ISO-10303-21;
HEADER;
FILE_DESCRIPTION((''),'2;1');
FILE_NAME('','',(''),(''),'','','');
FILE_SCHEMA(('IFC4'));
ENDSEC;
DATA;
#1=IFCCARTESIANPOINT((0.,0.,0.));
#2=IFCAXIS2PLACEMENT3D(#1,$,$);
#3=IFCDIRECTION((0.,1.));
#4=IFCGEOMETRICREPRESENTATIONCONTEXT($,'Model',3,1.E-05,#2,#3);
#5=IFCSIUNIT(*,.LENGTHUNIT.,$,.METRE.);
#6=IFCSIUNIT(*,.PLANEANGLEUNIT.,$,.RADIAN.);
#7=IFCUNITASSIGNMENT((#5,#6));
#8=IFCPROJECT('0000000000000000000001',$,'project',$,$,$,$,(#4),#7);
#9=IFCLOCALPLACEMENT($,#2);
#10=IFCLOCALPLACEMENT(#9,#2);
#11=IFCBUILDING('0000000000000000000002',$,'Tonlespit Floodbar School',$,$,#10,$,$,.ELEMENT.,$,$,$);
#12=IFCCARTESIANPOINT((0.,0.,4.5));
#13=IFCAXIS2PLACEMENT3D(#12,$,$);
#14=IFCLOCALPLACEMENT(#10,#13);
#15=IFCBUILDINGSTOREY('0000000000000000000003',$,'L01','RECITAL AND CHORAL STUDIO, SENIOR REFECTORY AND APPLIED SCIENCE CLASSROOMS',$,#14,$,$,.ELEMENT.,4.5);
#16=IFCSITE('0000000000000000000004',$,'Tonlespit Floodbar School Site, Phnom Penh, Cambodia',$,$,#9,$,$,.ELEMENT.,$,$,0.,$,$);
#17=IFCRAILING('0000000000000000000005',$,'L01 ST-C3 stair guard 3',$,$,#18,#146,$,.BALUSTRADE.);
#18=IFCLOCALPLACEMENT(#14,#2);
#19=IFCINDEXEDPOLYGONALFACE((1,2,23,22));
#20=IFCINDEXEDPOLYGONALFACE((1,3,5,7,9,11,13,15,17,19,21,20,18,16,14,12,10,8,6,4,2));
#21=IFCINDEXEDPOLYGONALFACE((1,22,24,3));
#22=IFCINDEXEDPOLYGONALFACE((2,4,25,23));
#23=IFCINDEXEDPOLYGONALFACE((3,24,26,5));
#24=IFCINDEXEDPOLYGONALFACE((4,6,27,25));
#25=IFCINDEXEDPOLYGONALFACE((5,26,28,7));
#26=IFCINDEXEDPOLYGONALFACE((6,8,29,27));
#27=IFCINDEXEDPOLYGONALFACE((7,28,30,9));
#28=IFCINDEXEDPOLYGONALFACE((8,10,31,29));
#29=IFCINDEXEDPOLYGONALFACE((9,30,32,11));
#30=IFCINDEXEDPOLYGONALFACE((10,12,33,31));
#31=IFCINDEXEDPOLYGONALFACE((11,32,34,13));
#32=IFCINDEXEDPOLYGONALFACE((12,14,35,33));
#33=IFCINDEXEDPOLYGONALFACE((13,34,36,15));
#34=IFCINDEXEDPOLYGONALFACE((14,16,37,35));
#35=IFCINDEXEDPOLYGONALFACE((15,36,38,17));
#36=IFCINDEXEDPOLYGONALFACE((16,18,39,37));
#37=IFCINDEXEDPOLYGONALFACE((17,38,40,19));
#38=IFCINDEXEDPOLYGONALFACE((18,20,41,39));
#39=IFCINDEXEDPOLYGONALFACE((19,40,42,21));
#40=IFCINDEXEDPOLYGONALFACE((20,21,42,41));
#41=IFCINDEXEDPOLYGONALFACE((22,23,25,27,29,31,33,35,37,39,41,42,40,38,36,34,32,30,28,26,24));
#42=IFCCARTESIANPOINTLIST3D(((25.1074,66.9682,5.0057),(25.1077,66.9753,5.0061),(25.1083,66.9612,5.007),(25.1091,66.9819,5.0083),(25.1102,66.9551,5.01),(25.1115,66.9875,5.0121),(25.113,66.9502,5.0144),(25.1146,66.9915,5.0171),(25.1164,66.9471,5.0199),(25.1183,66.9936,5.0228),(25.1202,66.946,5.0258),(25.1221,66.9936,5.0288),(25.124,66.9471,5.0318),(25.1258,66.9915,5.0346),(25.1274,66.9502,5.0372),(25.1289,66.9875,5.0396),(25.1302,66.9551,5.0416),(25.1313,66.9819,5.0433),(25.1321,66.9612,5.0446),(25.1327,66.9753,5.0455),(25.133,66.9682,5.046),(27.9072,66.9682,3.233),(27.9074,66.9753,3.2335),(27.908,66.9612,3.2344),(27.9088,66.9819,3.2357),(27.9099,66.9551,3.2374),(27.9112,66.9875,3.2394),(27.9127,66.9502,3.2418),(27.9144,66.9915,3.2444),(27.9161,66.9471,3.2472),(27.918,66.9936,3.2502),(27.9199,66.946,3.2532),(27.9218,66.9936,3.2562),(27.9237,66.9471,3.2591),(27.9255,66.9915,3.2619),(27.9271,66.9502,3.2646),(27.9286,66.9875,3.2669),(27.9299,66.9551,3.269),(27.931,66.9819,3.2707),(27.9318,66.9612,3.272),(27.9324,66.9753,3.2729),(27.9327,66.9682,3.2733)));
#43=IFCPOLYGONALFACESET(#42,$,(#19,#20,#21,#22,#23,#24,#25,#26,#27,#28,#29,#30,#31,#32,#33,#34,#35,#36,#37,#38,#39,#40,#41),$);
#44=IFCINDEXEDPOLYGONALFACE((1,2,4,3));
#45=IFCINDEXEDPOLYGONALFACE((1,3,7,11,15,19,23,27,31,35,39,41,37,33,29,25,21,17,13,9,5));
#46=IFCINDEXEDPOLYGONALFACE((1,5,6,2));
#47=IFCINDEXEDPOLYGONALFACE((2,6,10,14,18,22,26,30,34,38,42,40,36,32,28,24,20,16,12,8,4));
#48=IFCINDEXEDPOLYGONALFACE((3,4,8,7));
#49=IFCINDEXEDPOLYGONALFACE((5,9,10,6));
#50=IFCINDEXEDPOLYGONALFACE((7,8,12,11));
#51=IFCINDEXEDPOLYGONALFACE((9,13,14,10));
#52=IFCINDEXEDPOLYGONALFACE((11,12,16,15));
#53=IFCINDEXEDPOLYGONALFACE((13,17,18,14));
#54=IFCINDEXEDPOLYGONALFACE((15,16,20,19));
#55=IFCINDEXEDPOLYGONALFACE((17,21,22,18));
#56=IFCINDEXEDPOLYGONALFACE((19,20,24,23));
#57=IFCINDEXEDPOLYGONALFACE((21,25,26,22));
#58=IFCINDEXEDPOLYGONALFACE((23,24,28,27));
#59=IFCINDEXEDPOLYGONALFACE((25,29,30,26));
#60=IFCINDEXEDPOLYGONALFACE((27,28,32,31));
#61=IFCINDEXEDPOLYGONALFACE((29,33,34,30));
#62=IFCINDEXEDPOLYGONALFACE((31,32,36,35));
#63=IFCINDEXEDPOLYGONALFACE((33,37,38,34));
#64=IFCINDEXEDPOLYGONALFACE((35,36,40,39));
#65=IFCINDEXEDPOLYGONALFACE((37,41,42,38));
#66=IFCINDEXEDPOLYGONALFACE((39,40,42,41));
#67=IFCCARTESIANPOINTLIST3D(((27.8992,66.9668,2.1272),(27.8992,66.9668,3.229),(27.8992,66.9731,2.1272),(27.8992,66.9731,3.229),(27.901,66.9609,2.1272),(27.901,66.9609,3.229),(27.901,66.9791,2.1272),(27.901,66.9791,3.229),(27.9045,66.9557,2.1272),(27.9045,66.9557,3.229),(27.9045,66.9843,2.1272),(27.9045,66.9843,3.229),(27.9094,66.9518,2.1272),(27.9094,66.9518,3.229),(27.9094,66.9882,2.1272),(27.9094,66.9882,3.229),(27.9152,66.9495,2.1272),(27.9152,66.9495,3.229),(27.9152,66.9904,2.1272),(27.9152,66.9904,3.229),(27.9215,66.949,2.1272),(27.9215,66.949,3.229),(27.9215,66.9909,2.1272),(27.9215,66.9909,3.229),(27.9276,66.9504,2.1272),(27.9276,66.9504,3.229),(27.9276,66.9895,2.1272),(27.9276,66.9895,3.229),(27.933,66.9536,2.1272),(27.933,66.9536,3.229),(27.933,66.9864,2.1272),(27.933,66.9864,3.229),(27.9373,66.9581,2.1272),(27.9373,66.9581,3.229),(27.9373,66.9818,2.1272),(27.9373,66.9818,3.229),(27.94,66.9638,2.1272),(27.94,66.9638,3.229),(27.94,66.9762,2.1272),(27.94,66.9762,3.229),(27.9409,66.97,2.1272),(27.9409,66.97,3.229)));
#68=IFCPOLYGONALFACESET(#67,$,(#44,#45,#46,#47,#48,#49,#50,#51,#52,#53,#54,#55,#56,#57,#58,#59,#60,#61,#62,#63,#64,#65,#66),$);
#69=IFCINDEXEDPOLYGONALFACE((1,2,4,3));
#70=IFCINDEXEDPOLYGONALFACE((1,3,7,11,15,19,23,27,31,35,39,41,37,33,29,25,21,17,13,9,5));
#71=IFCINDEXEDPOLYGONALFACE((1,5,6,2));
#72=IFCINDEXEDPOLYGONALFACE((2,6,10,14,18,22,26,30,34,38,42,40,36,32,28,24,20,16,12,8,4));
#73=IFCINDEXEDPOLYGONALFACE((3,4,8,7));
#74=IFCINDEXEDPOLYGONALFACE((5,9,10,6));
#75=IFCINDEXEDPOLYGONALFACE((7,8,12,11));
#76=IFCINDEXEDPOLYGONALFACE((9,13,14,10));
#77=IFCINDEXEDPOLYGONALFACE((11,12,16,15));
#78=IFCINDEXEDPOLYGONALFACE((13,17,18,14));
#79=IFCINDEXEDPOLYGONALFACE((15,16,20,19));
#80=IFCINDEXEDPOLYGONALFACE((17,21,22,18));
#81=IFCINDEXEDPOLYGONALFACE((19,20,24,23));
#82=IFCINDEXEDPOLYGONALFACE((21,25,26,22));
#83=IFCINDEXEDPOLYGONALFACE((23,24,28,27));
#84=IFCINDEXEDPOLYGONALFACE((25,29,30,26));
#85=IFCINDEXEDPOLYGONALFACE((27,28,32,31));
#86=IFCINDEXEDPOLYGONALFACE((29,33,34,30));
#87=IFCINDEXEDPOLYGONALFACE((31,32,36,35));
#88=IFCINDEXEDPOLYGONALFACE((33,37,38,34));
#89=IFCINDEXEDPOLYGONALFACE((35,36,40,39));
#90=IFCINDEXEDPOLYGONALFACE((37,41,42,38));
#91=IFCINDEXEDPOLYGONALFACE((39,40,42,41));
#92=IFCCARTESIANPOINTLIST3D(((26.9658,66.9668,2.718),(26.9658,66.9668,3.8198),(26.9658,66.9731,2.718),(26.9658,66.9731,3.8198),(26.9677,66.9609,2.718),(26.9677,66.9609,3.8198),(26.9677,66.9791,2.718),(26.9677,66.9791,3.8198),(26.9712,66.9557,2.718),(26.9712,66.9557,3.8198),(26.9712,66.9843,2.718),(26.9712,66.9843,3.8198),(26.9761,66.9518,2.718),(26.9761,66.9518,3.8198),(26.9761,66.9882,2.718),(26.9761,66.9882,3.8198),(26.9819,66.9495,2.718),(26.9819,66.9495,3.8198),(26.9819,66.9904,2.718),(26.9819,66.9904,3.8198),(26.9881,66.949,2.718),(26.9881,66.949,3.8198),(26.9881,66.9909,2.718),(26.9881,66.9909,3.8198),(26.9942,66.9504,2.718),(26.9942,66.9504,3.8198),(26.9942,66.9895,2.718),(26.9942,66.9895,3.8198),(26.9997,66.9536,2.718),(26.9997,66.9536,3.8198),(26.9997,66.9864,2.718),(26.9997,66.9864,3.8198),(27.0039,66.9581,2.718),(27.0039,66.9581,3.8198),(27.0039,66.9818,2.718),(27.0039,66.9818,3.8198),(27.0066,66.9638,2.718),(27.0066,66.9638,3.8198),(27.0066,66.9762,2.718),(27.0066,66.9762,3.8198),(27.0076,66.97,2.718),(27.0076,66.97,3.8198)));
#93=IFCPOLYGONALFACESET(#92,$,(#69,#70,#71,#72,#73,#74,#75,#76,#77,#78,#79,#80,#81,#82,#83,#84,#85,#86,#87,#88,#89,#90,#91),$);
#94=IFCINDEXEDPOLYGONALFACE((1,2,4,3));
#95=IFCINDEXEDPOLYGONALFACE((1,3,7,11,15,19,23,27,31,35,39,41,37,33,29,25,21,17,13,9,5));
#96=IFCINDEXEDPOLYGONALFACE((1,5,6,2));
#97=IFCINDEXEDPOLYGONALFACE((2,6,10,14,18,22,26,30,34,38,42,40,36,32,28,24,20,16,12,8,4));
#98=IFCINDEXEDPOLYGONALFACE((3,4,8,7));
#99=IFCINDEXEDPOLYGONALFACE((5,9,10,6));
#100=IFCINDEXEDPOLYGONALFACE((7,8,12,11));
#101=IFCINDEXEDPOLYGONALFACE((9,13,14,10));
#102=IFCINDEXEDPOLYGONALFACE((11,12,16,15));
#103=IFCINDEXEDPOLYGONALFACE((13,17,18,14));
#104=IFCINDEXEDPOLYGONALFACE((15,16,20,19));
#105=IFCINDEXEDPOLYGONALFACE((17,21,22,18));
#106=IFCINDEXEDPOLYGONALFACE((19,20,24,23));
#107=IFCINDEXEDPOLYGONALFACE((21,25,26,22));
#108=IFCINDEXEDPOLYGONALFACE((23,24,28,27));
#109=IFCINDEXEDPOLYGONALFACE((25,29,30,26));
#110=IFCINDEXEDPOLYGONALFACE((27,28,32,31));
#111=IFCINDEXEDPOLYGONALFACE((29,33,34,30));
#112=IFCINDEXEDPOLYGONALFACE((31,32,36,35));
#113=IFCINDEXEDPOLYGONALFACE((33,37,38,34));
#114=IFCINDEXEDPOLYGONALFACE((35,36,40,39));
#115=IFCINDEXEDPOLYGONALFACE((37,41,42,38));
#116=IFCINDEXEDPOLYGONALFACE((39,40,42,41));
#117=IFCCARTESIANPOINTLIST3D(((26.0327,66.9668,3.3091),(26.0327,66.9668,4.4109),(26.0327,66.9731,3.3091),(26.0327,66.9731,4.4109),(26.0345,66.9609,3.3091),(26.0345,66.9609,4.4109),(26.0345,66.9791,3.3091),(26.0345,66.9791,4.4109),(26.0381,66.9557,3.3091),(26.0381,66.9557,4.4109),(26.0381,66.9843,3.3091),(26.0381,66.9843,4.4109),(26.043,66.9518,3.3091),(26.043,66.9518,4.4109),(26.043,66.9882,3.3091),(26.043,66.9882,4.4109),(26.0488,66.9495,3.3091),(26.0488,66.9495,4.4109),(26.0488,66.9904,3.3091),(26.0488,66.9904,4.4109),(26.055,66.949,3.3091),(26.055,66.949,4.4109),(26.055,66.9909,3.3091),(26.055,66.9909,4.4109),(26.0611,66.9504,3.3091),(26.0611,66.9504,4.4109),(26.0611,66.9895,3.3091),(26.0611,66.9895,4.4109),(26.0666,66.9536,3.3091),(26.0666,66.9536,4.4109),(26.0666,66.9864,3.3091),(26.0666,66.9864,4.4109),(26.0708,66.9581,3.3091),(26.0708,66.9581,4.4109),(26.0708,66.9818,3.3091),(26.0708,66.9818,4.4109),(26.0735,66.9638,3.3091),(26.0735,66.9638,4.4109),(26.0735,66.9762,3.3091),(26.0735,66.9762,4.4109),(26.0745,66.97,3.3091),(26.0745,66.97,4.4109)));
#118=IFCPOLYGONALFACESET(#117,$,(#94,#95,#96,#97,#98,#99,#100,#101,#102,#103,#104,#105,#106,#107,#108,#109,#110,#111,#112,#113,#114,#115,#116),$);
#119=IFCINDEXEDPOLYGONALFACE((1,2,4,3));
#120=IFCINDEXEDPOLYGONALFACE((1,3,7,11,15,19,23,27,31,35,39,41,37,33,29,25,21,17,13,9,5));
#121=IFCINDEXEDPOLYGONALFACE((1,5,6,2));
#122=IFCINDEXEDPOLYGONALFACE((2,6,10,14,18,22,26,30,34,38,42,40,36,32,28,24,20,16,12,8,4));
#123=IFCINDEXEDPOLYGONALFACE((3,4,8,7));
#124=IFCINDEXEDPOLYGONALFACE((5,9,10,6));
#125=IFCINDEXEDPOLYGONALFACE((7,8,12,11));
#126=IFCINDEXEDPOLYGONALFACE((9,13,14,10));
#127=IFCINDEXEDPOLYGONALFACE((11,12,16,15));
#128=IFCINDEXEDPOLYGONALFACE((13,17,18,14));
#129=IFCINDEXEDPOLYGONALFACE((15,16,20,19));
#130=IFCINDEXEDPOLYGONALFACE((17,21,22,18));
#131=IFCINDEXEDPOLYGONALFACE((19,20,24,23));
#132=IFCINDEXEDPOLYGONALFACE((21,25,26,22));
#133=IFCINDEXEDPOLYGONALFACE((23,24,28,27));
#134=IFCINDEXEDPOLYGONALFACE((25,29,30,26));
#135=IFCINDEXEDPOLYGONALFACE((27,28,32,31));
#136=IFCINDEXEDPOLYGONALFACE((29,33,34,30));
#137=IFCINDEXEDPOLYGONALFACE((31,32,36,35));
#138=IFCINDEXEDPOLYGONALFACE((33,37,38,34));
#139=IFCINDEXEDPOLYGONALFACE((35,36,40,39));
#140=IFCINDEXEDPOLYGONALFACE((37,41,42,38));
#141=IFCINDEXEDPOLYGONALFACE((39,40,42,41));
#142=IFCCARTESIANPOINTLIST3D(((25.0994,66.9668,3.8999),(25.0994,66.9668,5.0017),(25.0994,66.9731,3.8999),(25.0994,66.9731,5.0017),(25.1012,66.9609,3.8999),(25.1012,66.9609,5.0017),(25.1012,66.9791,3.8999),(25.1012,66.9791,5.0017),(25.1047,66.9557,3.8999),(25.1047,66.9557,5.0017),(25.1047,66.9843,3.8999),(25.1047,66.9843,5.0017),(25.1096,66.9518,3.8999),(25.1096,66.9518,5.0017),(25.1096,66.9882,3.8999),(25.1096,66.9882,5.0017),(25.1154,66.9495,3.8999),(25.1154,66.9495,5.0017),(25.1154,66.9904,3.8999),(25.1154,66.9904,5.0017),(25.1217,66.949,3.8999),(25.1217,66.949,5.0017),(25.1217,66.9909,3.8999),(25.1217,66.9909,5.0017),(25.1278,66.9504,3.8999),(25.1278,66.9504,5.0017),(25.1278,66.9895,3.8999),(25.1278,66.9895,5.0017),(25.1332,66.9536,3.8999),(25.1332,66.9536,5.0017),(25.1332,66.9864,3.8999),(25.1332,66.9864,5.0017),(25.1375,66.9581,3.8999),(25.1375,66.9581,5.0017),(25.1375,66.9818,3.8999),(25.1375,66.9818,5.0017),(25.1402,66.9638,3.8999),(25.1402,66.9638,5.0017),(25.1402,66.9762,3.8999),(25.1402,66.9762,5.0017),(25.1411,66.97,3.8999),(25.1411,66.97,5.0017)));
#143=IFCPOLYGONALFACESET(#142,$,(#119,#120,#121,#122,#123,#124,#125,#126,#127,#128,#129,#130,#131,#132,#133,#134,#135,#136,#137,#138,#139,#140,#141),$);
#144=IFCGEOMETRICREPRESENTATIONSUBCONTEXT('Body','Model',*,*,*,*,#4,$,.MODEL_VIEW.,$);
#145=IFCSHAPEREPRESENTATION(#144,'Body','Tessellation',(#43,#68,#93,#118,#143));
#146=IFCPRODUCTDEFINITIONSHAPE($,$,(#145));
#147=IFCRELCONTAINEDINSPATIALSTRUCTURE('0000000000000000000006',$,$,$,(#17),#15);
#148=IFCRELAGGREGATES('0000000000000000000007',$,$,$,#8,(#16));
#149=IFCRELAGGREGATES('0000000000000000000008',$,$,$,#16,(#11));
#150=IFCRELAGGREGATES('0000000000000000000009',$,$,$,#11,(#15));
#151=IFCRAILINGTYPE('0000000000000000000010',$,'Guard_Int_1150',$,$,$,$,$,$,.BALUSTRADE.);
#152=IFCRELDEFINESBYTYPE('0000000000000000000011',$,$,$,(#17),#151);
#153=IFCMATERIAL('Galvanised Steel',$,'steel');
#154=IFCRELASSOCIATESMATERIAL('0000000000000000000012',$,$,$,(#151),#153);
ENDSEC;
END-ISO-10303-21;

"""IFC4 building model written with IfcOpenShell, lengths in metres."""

from ifc_helpers import new_model, si_unit, direction, frame, origin, origin_2d, place, context, subcontext, project, spatial, circle, extrude, material, type_object, element, save


model = new_model("IFC4")

# Units and contexts
model_context = context("Model", 3, precision=1e-05, world=origin(), true_north=direction((0.0, 1.0)))
body_context = subcontext(model_context, "Body", "Model", "MODEL_VIEW")
ifc_project = project(units=[si_unit("LENGTHUNIT", "METRE"), si_unit("PLANEANGLEUNIT", "RADIAN")], contexts=[model_context])

# Site, building, storey
site_placement = place(None, origin())
site = spatial("IfcSite", under=ifc_project, at=site_placement, Name="Tonlespit Floodbar School Site, Phnom Penh, Cambodia", CompositionType="ELEMENT", RefElevation=0.0)
building_placement = place(site_placement, origin())
building = spatial("IfcBuilding", under=site, at=building_placement, Name="Tonlespit Floodbar School", CompositionType="ELEMENT")
storey_placement = place(building_placement, frame((0.0, 0.0, 4.5)))
storey = spatial("IfcBuildingStorey", under=building, at=storey_placement, Name="L01", Description="RECITAL AND CHORAL STUDIO, SENIOR REFECTORY AND APPLIED SCIENCE CLASSROOMS", CompositionType="ELEMENT", Elevation=4.5)

# Shared definitions
ifc_material_1 = material(Name="Galvanised Steel", Category="steel")

# Railing
railing_type_1 = type_object("IfcRailingType", Name="Guard_Int_1150", PredefinedType="BALUSTRADE", material=ifc_material_1)
railing_1_placement = place(storey_placement, frame((27.9199, 66.97, 2.1272)))
element("IfcRailing", 1, at=railing_1_placement, inside=storey, type_object=railing_type_1, Name="L01 ST-C3 stair guard 3", PredefinedType="BALUSTRADE", context=body_context, shape_type="SweptSolid", body=[
    extrude(circle(Radius=0.0239, at=origin_2d()), frame((0.0, 0.0, 1.126), z_axis=(-0.844888, 0.0, 0.534943), x_axis=(0.0, -1.0, 0.0)), (0.0, 0.0, 1.0), 3.3137),
    extrude(circle(Radius=0.021, at=origin_2d()), origin(), (0.0, 0.0, 1.0), 1.1018),
    extrude(circle(Radius=0.021, at=origin_2d()), frame((-0.9333, 0.0, 0.5908)), (0.0, 0.0, 1.0), 1.1018),
    extrude(circle(Radius=0.021, at=origin_2d()), frame((-1.8665, 0.0, 1.1819)), (0.0, 0.0, 1.0), 1.1018),
    extrude(circle(Radius=0.021, at=origin_2d()), frame((-2.7998, 0.0, 1.7727)), (0.0, 0.0, 1.0), 1.1018),
])

save(model, "model.ifc")
